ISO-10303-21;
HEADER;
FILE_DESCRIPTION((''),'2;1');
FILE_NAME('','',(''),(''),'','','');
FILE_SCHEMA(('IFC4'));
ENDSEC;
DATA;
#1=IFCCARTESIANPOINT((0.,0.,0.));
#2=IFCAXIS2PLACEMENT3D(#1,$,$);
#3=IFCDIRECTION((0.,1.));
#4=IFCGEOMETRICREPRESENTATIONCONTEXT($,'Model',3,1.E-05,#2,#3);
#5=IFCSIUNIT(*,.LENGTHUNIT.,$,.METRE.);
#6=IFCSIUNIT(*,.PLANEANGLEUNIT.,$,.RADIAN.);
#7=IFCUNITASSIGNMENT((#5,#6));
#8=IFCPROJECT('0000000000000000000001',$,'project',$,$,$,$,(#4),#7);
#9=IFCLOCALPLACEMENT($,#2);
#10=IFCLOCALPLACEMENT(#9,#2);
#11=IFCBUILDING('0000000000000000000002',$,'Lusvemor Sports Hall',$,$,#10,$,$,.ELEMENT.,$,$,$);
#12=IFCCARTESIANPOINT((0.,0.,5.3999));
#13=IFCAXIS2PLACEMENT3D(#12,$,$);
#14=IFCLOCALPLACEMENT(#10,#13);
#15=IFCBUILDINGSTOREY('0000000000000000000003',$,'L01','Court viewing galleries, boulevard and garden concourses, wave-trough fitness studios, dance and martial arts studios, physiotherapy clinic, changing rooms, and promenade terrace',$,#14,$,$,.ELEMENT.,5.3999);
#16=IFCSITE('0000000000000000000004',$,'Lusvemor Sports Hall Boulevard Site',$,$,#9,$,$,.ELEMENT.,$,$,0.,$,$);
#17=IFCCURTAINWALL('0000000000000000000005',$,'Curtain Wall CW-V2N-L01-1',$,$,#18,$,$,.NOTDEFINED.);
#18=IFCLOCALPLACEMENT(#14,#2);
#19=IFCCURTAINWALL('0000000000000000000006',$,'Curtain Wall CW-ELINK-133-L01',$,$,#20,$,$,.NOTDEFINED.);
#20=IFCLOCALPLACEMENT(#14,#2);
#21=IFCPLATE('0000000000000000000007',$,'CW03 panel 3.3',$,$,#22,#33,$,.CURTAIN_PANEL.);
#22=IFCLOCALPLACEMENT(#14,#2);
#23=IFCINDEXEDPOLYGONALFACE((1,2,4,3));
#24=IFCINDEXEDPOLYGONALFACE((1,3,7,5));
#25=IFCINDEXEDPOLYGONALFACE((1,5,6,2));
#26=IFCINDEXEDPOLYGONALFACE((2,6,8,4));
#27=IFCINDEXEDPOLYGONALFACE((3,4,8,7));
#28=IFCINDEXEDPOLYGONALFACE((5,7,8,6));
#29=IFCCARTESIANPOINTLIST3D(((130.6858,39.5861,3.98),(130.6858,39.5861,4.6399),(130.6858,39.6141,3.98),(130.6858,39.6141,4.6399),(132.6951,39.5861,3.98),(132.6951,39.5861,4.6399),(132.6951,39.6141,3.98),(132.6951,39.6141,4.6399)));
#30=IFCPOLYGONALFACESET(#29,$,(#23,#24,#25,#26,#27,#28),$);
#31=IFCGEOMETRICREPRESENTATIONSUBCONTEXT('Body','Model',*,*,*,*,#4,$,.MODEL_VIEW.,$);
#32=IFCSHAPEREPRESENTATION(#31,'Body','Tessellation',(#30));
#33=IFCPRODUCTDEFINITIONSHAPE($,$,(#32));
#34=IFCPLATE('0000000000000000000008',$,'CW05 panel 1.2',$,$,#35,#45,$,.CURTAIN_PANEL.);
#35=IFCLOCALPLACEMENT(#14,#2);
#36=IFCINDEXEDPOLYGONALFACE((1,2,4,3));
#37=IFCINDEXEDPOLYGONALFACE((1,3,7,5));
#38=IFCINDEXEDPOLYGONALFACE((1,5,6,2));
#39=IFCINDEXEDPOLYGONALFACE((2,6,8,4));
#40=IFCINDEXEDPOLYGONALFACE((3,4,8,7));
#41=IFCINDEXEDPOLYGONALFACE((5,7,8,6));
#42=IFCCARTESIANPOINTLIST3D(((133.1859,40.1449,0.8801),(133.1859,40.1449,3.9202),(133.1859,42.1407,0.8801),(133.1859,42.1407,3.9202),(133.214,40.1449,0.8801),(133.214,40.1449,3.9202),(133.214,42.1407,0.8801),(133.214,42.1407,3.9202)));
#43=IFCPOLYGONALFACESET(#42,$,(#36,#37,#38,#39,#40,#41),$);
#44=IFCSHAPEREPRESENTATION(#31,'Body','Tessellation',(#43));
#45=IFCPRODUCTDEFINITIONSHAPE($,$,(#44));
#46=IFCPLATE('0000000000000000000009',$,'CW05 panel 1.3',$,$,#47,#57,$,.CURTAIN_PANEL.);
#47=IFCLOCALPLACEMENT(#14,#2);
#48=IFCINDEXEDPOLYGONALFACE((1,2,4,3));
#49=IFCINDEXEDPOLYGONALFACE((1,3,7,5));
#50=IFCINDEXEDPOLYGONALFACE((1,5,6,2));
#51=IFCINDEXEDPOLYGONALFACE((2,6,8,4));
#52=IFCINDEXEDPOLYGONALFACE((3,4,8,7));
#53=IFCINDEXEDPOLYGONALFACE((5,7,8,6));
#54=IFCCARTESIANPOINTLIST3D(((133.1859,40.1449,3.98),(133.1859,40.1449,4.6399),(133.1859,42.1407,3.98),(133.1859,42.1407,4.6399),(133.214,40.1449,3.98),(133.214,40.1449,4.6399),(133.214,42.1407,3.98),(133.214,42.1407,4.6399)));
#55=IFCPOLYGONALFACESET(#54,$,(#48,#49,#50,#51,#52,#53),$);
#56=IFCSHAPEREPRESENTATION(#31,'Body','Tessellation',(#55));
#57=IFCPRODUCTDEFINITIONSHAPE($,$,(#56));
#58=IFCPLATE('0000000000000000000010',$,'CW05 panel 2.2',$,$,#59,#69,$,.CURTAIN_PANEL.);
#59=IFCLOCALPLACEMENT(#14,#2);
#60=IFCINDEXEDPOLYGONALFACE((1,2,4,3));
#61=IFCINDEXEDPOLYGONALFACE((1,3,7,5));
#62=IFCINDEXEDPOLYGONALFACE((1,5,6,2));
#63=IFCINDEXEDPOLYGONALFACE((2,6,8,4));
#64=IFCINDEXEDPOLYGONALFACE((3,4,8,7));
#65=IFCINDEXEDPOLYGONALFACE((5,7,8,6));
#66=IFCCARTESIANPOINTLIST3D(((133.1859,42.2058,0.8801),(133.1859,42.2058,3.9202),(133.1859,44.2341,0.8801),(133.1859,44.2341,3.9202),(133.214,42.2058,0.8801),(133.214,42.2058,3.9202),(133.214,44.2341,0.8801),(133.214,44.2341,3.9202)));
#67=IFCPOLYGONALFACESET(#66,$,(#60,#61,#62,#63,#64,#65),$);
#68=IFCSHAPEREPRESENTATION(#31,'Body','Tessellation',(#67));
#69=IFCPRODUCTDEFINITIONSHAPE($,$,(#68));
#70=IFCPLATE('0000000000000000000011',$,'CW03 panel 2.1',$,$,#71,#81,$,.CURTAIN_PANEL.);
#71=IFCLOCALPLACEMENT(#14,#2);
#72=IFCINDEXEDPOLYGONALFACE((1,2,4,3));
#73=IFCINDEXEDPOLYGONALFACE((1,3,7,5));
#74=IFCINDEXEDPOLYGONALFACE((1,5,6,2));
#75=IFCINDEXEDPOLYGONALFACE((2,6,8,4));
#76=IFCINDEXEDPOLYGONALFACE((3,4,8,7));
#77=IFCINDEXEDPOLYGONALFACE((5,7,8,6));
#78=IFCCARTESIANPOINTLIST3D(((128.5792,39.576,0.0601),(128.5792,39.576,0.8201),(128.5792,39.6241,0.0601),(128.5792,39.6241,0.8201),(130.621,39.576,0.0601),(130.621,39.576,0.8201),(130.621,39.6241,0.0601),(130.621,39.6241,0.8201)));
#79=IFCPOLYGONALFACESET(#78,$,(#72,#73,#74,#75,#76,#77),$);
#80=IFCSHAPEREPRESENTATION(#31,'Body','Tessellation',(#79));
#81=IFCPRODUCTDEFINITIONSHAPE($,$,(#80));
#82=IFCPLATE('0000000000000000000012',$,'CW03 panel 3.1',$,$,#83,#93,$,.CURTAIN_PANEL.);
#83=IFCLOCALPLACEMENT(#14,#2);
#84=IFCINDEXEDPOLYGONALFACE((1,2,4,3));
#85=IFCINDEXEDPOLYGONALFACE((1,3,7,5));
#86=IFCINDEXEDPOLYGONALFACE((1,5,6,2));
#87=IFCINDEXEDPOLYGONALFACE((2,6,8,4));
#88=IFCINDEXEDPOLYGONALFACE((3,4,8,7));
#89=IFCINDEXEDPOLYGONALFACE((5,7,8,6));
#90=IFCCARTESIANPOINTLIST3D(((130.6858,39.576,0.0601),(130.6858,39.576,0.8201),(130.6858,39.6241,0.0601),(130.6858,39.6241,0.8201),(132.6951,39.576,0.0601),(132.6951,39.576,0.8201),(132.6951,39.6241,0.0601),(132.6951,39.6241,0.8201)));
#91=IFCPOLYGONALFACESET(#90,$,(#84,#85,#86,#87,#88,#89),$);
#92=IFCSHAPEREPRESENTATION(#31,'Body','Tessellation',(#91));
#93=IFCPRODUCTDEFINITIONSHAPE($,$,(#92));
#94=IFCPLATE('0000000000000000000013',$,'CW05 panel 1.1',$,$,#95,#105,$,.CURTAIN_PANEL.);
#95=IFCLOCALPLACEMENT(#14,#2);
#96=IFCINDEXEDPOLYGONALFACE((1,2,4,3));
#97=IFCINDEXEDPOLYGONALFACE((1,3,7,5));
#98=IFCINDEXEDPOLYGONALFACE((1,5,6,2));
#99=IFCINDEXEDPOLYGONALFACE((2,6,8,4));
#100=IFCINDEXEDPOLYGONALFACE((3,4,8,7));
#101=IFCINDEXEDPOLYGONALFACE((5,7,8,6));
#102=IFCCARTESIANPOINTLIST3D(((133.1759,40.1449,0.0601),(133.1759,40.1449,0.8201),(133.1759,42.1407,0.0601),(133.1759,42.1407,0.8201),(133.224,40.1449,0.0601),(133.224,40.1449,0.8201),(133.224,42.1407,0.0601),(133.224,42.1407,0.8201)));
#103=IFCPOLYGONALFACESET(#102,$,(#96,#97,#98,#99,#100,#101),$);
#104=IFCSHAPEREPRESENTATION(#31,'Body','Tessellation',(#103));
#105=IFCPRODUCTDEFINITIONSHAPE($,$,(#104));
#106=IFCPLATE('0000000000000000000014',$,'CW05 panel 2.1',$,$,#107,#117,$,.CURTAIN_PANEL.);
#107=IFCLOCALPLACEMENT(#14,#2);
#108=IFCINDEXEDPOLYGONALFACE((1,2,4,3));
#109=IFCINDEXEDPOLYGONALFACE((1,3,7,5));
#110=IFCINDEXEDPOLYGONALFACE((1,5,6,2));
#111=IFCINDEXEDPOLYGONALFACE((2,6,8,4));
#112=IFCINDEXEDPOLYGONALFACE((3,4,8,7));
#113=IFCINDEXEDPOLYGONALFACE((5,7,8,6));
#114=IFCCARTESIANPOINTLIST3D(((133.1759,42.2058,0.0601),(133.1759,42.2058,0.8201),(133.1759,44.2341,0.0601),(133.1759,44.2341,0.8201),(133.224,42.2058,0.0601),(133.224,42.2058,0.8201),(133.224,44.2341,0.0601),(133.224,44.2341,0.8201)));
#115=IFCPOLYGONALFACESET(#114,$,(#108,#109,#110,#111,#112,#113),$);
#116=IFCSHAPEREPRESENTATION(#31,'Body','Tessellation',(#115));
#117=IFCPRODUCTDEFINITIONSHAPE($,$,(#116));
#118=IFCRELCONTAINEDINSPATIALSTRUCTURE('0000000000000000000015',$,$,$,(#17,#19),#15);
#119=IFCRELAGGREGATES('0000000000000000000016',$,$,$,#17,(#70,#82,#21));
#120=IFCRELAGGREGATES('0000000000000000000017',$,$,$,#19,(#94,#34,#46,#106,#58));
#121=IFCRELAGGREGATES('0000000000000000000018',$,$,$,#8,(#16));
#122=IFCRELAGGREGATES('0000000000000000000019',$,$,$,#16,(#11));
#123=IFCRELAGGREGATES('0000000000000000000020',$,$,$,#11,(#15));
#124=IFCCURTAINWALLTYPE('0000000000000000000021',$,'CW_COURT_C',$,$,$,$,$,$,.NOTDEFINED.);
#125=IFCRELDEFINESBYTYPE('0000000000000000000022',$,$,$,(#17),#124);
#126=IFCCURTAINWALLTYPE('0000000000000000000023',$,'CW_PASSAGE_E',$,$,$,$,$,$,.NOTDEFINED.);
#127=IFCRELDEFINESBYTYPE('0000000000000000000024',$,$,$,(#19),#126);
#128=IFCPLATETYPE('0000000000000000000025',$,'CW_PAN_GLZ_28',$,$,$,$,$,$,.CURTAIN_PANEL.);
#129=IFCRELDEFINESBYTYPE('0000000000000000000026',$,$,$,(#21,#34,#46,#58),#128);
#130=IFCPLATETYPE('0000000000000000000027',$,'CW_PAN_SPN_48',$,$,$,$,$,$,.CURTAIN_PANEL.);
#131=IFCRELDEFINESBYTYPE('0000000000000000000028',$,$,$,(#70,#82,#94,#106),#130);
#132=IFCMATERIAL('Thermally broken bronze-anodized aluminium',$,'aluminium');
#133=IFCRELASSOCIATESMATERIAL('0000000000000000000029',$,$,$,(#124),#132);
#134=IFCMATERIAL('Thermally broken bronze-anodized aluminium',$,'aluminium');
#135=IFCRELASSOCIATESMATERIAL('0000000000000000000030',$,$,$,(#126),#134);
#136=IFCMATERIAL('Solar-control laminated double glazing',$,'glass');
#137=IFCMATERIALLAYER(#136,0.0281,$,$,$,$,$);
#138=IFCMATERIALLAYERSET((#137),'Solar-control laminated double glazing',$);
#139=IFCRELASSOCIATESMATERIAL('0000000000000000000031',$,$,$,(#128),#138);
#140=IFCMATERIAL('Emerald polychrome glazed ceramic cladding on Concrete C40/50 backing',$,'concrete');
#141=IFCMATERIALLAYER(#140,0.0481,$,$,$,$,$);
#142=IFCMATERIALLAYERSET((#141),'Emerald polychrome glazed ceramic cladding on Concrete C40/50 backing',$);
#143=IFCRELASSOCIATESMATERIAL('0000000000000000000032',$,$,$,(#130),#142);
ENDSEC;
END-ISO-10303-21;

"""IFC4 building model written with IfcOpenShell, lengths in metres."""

from ifc_helpers import new_model, si_unit, direction, frame, origin, origin_2d, place, context, subcontext, project, spatial, rectangle, extrude, material, layer, layer_set, type_object, element, aggregate, save


model = new_model("IFC4")

# Units and contexts
model_context = context("Model", 3, precision=1e-05, world=origin(), true_north=direction((0.0, 1.0)))
body_context = subcontext(model_context, "Body", "Model", "MODEL_VIEW")
ifc_project = project(units=[si_unit("LENGTHUNIT", "METRE"), si_unit("PLANEANGLEUNIT", "RADIAN")], contexts=[model_context])

# Site, building, storey
site_placement = place(None, origin())
site = spatial("IfcSite", under=ifc_project, at=site_placement, Name="Lusvemor Sports Hall Boulevard Site", CompositionType="ELEMENT", RefElevation=0.0)
building_placement = place(site_placement, origin())
building = spatial("IfcBuilding", under=site, at=building_placement, Name="Lusvemor Sports Hall", CompositionType="ELEMENT")
storey_placement = place(building_placement, frame((0.0, 0.0, 5.3999)))
storey = spatial("IfcBuildingStorey", under=building, at=storey_placement, Name="L01", Description="Court viewing galleries, boulevard and garden concourses, wave-trough fitness studios, dance and martial arts studios, physiotherapy clinic, changing rooms, and promenade terrace", CompositionType="ELEMENT", Elevation=5.3999)

# Curtain walls
ifc_material_1 = material(Name="Thermally broken bronze-anodized aluminium", Category="aluminium")
curtain_wall_type_1 = type_object("IfcCurtainWallType", Name="CW_COURT_C", PredefinedType="NOTDEFINED", material=ifc_material_1)
curtain_wall_1_placement = place(storey_placement, origin())
curtain_wall_1 = element("IfcCurtainWall", 1, at=curtain_wall_1_placement, inside=storey, type_object=curtain_wall_type_1, Name="Curtain Wall CW-V2N-L01-1", PredefinedType="NOTDEFINED")
ifc_material_2 = material(Name="Thermally broken bronze-anodized aluminium", Category="aluminium")
curtain_wall_type_2 = type_object("IfcCurtainWallType", Name="CW_PASSAGE_E", PredefinedType="NOTDEFINED", material=ifc_material_2)
curtain_wall_2_placement = place(storey_placement, origin())
curtain_wall_2 = element("IfcCurtainWall", 2, at=curtain_wall_2_placement, inside=storey, type_object=curtain_wall_type_2, Name="Curtain Wall CW-ELINK-133-L01", PredefinedType="NOTDEFINED")

# Plates
ifc_material_3 = material(Name="Solar-control laminated double glazing", Category="glass")
ifc_layer_1 = layer(ifc_material_3, 0.0281)
ifc_layer_set_1 = layer_set([ifc_layer_1], Name="Solar-control laminated double glazing")
plate_type_1 = type_object("IfcPlateType", Name="CW_PAN_GLZ_28", PredefinedType="CURTAIN_PANEL", material=ifc_layer_set_1)
plate_1_placement = place(storey_placement, frame((131.6904, 39.6001, 3.98), z_axis=(0.0, 0.0, 1.0), x_axis=(1.0, 0.0, 0.0)))
plate_1 = element("IfcPlate", 3, at=plate_1_placement, type_object=plate_type_1, Name="CW03 panel 3.3", PredefinedType="CURTAIN_PANEL", context=body_context, shape_type="SweptSolid", body=[
    extrude(rectangle(XDim=2.0093, YDim=0.0281, at=origin_2d()), origin(), (0.0, 0.0, 1.0), 0.6599),
])
plate_2_placement = place(storey_placement, frame((133.2, 41.1428, 0.8801), z_axis=(0.0, 0.0, 1.0), x_axis=(0.0, 1.0, 0.0)))
plate_2 = element("IfcPlate", 4, at=plate_2_placement, type_object=plate_type_1, Name="CW05 panel 1.2", PredefinedType="CURTAIN_PANEL", context=body_context, shape_type="SweptSolid", body=[
    extrude(rectangle(XDim=1.9958, YDim=0.0281, at=origin_2d()), origin(), (0.0, 0.0, 1.0), 3.04),
])
plate_3_placement = place(storey_placement, frame((133.2, 41.1428, 3.98), z_axis=(0.0, 0.0, 1.0), x_axis=(0.0, 1.0, 0.0)))
plate_3 = element("IfcPlate", 5, at=plate_3_placement, type_object=plate_type_1, Name="CW05 panel 1.3", PredefinedType="CURTAIN_PANEL", context=body_context, shape_type="SweptSolid", body=[
    extrude(rectangle(XDim=1.9958, YDim=0.0281, at=origin_2d()), origin(), (0.0, 0.0, 1.0), 0.6599),
])
plate_4_placement = place(storey_placement, frame((133.2, 43.22, 0.8801), z_axis=(0.0, 0.0, 1.0), x_axis=(0.0, 1.0, 0.0)))
plate_4 = element("IfcPlate", 6, at=plate_4_placement, type_object=plate_type_1, Name="CW05 panel 2.2", PredefinedType="CURTAIN_PANEL", context=body_context, shape_type="SweptSolid", body=[
    extrude(rectangle(XDim=2.0283, YDim=0.0281, at=origin_2d()), origin(), (0.0, 0.0, 1.0), 3.04),
])
ifc_material_4 = material(Name="Emerald polychrome glazed ceramic cladding on Concrete C40/50 backing", Category="concrete")
ifc_layer_2 = layer(ifc_material_4, 0.0481)
ifc_layer_set_2 = layer_set([ifc_layer_2], Name="Emerald polychrome glazed ceramic cladding on Concrete C40/50 backing")
plate_type_2 = type_object("IfcPlateType", Name="CW_PAN_SPN_48", PredefinedType="CURTAIN_PANEL", material=ifc_layer_set_2)
plate_5_placement = place(storey_placement, frame((129.6001, 39.6001, 0.0601), z_axis=(0.0, 0.0, 1.0), x_axis=(1.0, 0.0, 0.0)))
plate_5 = element("IfcPlate", 7, at=plate_5_placement, type_object=plate_type_2, Name="CW03 panel 2.1", PredefinedType="CURTAIN_PANEL", context=body_context, shape_type="SweptSolid", body=[
    extrude(rectangle(XDim=2.0417, YDim=0.0481, at=origin_2d()), origin(), (0.0, 0.0, 1.0), 0.76),
])
plate_6_placement = place(storey_placement, frame((131.6904, 39.6001, 0.0601), z_axis=(0.0, 0.0, 1.0), x_axis=(1.0, 0.0, 0.0)))
plate_6 = element("IfcPlate", 8, at=plate_6_placement, type_object=plate_type_2, Name="CW03 panel 3.1", PredefinedType="CURTAIN_PANEL", context=body_context, shape_type="SweptSolid", body=[
    extrude(rectangle(XDim=2.0093, YDim=0.0481, at=origin_2d()), origin(), (0.0, 0.0, 1.0), 0.76),
])
aggregate(curtain_wall_1, [plate_5, plate_6, plate_1])
plate_7_placement = place(storey_placement, frame((133.2, 41.1428, 0.0601), z_axis=(0.0, 0.0, 1.0), x_axis=(0.0, 1.0, 0.0)))
plate_7 = element("IfcPlate", 9, at=plate_7_placement, type_object=plate_type_2, Name="CW05 panel 1.1", PredefinedType="CURTAIN_PANEL", context=body_context, shape_type="SweptSolid", body=[
    extrude(rectangle(XDim=1.9958, YDim=0.0481, at=origin_2d()), origin(), (0.0, 0.0, 1.0), 0.76),
])
plate_8_placement = place(storey_placement, frame((133.2, 43.22, 0.0601), z_axis=(0.0, 0.0, 1.0), x_axis=(0.0, 1.0, 0.0)))
plate_8 = element("IfcPlate", 10, at=plate_8_placement, type_object=plate_type_2, Name="CW05 panel 2.1", PredefinedType="CURTAIN_PANEL", context=body_context, shape_type="SweptSolid", body=[
    extrude(rectangle(XDim=2.0283, YDim=0.0481, at=origin_2d()), origin(), (0.0, 0.0, 1.0), 0.76),
])
aggregate(curtain_wall_2, [plate_7, plate_2, plate_3, plate_8, plate_4])

save(model, "model.ifc")
